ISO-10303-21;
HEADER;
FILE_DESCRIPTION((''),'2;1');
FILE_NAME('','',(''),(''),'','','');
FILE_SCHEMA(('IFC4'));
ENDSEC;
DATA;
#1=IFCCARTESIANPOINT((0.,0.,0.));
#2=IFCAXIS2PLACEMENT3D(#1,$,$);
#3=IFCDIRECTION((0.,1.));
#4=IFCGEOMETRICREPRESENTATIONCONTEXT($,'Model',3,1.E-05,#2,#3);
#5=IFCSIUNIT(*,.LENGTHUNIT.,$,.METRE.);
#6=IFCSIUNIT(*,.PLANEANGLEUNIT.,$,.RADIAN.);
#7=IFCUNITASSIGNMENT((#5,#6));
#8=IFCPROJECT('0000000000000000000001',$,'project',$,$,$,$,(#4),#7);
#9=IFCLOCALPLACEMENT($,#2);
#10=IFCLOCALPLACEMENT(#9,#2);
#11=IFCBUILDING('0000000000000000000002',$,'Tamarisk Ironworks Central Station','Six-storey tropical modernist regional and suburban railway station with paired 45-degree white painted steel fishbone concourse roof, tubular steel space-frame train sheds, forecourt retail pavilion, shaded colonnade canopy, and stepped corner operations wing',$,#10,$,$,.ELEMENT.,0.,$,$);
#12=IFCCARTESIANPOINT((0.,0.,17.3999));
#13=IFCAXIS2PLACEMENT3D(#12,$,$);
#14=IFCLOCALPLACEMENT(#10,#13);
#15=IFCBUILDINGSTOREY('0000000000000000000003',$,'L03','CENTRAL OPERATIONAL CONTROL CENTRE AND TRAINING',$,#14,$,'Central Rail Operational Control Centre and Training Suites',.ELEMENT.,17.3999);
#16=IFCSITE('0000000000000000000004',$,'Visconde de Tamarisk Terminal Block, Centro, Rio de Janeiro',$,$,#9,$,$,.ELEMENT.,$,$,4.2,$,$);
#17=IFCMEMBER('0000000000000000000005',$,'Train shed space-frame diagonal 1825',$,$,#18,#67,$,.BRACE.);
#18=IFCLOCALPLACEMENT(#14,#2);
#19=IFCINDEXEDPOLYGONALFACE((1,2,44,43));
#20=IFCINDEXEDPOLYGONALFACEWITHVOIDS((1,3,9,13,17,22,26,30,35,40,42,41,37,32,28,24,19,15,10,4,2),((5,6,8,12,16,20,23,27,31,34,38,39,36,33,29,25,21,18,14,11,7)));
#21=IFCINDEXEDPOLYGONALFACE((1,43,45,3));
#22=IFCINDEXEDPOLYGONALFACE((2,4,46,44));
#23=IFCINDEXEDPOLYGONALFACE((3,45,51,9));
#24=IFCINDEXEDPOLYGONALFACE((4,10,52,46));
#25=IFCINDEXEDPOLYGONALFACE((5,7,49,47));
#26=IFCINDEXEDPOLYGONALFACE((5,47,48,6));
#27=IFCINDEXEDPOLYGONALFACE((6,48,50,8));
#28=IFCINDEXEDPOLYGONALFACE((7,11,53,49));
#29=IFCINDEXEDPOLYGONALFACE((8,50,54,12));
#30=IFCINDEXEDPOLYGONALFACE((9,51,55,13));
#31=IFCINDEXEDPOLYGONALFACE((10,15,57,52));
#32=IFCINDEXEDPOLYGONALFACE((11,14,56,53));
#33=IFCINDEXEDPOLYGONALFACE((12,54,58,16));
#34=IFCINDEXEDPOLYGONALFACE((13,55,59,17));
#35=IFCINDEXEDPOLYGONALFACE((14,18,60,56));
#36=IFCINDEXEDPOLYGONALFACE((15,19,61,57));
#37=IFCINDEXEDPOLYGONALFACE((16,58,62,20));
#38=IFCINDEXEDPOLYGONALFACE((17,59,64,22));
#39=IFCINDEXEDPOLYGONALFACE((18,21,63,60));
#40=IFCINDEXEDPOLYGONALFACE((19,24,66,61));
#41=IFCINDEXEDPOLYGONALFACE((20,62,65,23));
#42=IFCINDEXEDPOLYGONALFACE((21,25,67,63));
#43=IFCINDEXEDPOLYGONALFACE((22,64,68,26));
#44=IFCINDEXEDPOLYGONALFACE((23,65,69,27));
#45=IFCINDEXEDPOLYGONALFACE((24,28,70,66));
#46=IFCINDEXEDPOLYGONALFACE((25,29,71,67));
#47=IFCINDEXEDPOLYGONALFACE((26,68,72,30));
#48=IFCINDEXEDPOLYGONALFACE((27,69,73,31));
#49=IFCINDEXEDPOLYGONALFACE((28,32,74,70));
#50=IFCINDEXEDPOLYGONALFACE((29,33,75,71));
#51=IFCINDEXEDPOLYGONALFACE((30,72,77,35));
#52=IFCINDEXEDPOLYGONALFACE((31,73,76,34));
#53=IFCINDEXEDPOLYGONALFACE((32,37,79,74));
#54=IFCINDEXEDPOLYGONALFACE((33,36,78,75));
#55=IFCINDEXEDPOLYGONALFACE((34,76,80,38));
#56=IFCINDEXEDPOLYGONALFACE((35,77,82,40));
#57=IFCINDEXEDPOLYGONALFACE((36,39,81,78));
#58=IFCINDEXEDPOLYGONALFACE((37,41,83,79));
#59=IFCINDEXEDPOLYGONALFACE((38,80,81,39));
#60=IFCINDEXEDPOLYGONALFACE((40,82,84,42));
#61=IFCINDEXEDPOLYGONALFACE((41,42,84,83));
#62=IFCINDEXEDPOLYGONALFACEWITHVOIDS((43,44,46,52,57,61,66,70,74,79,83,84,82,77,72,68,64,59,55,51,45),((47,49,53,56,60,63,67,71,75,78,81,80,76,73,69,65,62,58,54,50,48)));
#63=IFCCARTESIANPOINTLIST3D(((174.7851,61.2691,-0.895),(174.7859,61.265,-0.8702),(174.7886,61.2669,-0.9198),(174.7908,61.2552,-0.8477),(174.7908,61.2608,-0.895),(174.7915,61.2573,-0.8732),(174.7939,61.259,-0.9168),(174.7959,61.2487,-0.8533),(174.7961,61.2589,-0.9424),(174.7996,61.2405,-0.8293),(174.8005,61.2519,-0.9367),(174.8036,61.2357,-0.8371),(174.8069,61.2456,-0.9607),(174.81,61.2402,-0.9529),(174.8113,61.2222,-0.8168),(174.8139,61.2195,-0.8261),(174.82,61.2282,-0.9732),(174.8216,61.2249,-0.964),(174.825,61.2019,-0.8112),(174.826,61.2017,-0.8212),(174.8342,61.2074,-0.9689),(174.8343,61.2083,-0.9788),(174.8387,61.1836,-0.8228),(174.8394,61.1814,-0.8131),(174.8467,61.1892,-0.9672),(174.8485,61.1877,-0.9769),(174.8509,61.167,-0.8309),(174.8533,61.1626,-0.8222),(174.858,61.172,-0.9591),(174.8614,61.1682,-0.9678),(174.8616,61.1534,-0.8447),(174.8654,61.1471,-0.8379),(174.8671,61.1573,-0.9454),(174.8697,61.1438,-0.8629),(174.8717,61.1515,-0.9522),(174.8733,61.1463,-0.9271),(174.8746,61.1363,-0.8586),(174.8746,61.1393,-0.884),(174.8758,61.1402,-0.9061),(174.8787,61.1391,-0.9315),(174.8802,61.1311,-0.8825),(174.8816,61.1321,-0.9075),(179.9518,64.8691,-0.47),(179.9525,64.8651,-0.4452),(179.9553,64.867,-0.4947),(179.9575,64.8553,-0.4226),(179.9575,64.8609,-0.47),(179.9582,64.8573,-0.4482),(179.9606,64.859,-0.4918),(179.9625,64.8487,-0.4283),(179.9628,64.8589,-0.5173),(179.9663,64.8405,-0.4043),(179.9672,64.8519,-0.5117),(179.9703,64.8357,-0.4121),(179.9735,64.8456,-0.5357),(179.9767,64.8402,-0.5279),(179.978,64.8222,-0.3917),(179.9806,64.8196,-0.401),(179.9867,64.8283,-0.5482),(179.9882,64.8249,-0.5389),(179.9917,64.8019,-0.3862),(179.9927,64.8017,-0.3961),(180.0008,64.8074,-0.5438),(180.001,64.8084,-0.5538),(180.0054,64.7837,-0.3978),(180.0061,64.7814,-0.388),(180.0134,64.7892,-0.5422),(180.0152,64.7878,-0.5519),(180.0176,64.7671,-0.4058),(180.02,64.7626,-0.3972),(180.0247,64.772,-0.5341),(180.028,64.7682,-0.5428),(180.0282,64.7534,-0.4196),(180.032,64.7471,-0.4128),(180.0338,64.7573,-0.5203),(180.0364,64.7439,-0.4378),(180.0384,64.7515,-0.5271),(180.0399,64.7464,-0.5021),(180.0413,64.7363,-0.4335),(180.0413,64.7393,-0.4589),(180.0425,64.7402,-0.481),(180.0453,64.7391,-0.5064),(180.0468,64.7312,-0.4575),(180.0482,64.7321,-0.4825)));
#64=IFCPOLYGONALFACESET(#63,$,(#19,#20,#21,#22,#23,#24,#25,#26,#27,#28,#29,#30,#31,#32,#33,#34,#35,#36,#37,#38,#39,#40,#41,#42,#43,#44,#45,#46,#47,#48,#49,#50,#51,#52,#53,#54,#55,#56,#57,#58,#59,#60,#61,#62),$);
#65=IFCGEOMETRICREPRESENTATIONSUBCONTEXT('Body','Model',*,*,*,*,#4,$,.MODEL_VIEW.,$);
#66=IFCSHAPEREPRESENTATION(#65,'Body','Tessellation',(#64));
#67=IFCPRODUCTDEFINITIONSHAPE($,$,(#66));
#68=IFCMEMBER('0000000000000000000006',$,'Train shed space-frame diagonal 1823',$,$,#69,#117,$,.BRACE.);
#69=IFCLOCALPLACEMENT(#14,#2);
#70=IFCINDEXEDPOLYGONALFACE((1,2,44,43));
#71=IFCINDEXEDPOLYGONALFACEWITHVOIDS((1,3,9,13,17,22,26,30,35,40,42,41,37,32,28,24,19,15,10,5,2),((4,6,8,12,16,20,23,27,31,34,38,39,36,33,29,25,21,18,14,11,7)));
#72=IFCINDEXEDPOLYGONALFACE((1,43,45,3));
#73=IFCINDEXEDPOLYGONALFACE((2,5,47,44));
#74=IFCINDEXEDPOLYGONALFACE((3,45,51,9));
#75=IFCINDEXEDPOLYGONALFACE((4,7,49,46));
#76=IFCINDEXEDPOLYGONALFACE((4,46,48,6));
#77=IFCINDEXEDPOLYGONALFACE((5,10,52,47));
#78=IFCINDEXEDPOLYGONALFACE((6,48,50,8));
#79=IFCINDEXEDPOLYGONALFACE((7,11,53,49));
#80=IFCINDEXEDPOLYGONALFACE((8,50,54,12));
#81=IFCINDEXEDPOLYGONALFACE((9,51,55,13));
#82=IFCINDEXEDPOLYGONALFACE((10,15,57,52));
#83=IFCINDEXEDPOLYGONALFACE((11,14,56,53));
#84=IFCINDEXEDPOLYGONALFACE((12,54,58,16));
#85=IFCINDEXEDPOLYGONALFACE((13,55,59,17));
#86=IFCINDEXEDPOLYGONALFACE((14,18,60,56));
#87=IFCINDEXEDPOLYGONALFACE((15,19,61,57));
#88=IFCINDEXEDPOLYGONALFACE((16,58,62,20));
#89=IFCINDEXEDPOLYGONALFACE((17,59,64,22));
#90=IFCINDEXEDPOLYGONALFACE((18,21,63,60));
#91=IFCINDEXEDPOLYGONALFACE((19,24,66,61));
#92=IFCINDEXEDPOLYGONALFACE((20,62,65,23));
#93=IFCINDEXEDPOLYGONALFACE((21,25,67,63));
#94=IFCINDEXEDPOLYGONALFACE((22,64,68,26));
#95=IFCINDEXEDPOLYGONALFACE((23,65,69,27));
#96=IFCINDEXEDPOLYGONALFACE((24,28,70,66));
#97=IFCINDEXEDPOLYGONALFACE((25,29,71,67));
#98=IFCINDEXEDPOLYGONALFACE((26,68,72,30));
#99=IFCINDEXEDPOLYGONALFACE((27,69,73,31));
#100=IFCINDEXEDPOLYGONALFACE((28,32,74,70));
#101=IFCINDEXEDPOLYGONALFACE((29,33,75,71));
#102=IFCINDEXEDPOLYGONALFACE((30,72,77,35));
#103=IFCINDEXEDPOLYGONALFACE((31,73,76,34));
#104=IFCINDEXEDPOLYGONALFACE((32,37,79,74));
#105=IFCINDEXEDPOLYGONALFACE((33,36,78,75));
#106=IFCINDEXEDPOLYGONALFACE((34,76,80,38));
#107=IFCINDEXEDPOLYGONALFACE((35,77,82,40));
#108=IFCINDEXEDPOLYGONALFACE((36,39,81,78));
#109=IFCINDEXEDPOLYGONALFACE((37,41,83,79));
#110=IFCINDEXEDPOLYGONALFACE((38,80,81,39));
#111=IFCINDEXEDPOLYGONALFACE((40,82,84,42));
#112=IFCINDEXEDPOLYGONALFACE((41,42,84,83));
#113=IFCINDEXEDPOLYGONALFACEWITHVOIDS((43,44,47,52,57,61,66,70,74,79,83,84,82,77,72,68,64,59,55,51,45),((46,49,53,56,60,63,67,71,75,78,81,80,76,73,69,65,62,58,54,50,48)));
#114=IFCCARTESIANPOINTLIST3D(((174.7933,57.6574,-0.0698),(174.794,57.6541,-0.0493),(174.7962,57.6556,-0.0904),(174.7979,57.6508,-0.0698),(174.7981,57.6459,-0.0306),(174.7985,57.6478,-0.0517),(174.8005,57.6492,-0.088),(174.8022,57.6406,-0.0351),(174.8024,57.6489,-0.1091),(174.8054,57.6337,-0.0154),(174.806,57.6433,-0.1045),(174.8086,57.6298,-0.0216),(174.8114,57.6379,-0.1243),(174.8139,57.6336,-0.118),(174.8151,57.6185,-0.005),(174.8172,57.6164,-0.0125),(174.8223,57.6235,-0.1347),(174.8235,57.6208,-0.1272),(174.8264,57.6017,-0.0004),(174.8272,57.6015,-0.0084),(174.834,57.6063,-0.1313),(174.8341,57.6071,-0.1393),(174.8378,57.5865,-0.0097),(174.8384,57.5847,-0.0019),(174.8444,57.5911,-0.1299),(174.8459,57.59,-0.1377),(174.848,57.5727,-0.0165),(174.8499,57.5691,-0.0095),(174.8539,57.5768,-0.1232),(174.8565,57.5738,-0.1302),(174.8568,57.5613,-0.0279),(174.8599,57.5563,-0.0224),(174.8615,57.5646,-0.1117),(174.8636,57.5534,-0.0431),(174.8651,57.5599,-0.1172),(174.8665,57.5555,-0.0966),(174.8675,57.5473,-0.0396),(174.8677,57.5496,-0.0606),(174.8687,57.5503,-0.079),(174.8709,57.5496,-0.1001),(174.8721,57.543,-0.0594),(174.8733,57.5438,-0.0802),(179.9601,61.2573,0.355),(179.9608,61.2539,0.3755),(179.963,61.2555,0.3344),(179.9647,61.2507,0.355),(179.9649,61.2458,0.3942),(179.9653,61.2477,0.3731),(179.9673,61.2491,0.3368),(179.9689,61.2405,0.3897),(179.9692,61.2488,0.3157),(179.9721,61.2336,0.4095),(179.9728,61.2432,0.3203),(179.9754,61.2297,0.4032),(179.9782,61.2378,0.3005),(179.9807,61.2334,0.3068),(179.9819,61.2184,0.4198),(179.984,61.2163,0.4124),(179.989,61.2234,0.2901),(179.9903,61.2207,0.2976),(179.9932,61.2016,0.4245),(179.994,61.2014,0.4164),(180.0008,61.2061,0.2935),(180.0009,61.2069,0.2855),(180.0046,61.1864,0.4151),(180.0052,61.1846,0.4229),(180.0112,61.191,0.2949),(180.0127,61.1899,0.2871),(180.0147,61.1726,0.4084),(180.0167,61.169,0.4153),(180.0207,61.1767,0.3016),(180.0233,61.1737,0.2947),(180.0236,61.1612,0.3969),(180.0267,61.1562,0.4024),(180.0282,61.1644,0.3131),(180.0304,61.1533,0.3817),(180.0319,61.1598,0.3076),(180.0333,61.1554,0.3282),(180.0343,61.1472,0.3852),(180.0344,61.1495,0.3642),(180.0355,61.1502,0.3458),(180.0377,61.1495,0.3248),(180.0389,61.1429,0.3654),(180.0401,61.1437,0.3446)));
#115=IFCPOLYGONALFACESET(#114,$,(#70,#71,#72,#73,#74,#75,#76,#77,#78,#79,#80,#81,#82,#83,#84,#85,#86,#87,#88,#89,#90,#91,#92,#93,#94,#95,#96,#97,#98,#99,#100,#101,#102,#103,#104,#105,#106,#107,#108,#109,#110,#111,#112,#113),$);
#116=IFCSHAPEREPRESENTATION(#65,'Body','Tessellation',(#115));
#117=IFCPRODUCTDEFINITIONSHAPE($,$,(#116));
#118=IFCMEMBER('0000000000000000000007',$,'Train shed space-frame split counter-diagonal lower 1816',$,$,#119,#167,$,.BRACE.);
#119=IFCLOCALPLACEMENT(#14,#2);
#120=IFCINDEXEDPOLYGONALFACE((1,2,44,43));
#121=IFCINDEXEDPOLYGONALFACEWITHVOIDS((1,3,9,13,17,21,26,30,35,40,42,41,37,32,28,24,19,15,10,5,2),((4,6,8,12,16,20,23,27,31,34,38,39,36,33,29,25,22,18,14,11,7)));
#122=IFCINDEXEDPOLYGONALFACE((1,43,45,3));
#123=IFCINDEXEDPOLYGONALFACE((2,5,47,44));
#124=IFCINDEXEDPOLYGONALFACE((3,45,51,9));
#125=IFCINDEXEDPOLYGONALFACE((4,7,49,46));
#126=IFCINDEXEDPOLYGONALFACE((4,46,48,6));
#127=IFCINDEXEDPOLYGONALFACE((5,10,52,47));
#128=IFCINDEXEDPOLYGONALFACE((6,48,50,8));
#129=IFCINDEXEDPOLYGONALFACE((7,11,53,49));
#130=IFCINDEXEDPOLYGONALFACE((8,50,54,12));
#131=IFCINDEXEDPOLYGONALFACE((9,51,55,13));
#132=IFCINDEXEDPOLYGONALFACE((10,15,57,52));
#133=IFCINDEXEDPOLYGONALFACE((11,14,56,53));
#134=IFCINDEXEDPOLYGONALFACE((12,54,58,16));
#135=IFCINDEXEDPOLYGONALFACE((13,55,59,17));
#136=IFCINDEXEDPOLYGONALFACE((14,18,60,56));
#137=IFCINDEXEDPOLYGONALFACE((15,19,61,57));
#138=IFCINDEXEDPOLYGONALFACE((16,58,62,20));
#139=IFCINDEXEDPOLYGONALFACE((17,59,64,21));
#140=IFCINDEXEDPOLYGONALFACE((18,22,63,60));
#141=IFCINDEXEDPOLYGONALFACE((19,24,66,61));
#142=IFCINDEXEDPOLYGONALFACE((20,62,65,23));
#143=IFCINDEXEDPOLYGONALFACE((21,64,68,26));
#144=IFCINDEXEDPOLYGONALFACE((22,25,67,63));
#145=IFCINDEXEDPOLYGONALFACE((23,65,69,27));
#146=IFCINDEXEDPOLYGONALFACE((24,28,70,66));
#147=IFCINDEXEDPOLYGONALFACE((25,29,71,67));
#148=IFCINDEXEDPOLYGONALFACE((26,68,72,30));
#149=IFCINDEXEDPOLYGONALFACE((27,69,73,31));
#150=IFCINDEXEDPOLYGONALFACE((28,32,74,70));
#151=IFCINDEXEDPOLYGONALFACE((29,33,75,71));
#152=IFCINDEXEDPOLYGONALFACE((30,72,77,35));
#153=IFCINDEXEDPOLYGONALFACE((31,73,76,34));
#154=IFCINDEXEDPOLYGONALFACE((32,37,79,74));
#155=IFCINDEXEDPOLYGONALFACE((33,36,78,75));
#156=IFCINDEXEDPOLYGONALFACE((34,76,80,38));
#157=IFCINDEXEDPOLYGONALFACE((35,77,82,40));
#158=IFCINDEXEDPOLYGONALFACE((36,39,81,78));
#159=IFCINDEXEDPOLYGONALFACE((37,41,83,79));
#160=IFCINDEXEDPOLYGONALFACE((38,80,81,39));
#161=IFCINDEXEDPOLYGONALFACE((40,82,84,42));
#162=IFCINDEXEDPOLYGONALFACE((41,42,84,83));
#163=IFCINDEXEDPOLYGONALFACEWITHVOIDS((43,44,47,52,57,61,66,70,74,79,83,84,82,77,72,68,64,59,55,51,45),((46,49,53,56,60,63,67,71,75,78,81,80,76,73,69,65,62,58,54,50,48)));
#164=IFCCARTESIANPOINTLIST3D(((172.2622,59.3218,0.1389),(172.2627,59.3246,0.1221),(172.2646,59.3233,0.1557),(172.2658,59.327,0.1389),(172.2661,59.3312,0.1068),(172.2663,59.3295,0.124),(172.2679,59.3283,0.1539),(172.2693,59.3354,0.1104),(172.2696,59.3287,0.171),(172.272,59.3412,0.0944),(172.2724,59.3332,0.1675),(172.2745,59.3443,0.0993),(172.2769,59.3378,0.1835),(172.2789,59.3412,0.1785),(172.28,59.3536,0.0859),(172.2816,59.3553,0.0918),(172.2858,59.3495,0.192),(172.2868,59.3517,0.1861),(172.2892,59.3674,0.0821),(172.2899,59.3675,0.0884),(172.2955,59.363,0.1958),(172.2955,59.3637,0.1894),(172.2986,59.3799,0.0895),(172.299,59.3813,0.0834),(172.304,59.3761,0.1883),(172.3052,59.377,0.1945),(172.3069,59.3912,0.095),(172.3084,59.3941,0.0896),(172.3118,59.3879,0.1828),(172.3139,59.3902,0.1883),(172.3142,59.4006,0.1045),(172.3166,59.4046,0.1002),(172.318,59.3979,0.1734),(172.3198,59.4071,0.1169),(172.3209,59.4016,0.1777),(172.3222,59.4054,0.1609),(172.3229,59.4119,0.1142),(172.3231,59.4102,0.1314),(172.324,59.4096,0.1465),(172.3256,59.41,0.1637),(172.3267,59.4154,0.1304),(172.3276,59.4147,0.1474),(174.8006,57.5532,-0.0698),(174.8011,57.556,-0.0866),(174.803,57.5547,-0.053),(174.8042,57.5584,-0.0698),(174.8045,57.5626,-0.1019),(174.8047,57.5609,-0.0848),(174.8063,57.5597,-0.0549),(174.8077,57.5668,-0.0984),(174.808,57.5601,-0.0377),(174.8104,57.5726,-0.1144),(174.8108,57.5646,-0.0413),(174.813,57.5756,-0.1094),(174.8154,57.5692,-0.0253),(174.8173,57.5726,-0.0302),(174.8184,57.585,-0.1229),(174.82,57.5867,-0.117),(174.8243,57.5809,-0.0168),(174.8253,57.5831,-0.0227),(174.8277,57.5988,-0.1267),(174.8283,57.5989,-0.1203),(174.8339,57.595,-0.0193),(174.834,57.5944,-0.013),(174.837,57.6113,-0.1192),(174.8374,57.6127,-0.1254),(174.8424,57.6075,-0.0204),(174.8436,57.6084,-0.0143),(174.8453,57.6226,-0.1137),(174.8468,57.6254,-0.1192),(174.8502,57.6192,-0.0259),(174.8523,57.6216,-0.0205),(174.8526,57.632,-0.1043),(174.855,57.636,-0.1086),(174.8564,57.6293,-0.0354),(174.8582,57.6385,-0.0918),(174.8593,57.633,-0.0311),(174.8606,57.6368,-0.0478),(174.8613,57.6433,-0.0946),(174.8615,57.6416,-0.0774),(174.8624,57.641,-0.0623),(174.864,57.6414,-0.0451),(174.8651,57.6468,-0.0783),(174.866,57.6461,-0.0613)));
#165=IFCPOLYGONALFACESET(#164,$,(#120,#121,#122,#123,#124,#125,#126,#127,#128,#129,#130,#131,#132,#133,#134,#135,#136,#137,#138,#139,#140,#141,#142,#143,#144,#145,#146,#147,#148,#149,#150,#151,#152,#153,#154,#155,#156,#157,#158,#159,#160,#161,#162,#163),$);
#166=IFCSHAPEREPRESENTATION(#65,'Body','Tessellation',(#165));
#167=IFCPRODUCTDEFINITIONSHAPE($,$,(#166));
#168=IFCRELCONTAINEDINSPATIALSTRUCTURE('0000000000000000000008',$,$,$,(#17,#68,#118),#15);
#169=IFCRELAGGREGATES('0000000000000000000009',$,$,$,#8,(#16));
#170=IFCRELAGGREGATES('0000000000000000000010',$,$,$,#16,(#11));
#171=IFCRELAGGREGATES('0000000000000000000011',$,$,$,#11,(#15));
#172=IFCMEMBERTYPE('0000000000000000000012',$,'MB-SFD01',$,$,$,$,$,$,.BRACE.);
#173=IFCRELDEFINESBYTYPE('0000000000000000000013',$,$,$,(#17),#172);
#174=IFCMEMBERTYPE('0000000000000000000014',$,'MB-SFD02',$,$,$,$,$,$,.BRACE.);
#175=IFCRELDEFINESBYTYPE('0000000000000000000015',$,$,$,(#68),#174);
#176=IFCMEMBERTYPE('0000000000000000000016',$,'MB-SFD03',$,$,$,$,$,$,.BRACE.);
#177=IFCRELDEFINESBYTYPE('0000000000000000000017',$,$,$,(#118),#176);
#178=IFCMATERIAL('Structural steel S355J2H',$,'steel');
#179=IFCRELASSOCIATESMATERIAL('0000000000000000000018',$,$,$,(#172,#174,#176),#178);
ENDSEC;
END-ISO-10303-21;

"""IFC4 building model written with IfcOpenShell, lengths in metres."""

from ifc_helpers import new_model, si_unit, direction, frame, origin, origin_2d, place, context, subcontext, project, spatial, hollow_circle, extrude, material, material_profile, profile_set, type_object, element, save


model = new_model("IFC4")

# Units and contexts
model_context = context("Model", 3, precision=1e-05, world=origin(), true_north=direction((0.0, 1.0)))
body_context = subcontext(model_context, "Body", "Model", "MODEL_VIEW")
ifc_project = project(units=[si_unit("LENGTHUNIT", "METRE"), si_unit("PLANEANGLEUNIT", "RADIAN")], contexts=[model_context])

# Site, building, storey
site_placement = place(None, origin())
site = spatial("IfcSite", under=ifc_project, at=site_placement, Name="Visconde de Tamarisk Terminal Block, Centro, Rio de Janeiro", CompositionType="ELEMENT", RefElevation=4.2)
building_placement = place(site_placement, origin())
building = spatial("IfcBuilding", under=site, at=building_placement, Name="Tamarisk Ironworks Central Station", Description="Six-storey tropical modernist regional and suburban railway station with paired 45-degree white painted steel fishbone concourse roof, tubular steel space-frame train sheds, forecourt retail pavilion, shaded colonnade canopy, and stepped corner operations wing", CompositionType="ELEMENT", ElevationOfRefHeight=0.0)
storey_placement = place(building_placement, frame((0.0, 0.0, 17.3999)))
storey = spatial("IfcBuildingStorey", under=building, at=storey_placement, Name="L03", Description="CENTRAL OPERATIONAL CONTROL CENTRE AND TRAINING", LongName="Central Rail Operational Control Centre and Training Suites", CompositionType="ELEMENT", Elevation=17.3999)

# Members
ifc_material = material(Name="Structural steel S355J2H", Category="steel")
ifc_material_profile_1 = material_profile(ifc_material, hollow_circle(Radius=0.0842, WallThickness=0.01, at=origin_2d()), Name="CHS 168.3x10")
ifc_profile_set_1 = profile_set([ifc_material_profile_1], Name="Structural steel S355J2H")
member_type_1 = type_object("IfcMemberType", Name="MB-SFD01", PredefinedType="BRACE", material=ifc_profile_set_1)
member_1_placement = place(storey_placement, frame((174.8333, 61.2, -0.895), z_axis=(0.818608, 0.570391, 0.067344), x_axis=(-0.571689, 0.82047, 0.0)))
element("IfcMember", 1, at=member_1_placement, inside=storey, type_object=member_type_1, Name="Train shed space-frame diagonal 1825", PredefinedType="BRACE", context=body_context, shape_type="SweptSolid", body=[
    extrude(hollow_circle(Radius=0.0842, WallThickness=0.01, at=origin_2d()), origin(), (0.0, 0.0, 1.0), 6.3115),
])
ifc_material_profile_2 = material_profile(ifc_material, hollow_circle(Radius=0.0698, WallThickness=0.0081, at=origin_2d()), Name="CHS 139.7x8")
ifc_profile_set_2 = profile_set([ifc_material_profile_2], Name="Structural steel S355J2H")
member_type_2 = type_object("IfcMemberType", Name="MB-SFD02", PredefinedType="BRACE", material=ifc_profile_set_2)
member_2_placement = place(storey_placement, frame((174.8333, 57.6001, -0.0698), z_axis=(0.818628, 0.570367, 0.067307), x_axis=(-0.571663, 0.820489, 0.0)))
element("IfcMember", 2, at=member_2_placement, inside=storey, type_object=member_type_2, Name="Train shed space-frame diagonal 1823", PredefinedType="BRACE", context=body_context, shape_type="SweptSolid", body=[
    extrude(hollow_circle(Radius=0.0698, WallThickness=0.0081, at=origin_2d()), origin(), (0.0, 0.0, 1.0), 6.3115),
])
ifc_material_profile_3 = material_profile(ifc_material, hollow_circle(Radius=0.0571, WallThickness=0.0063, at=origin_2d()), Name="CHS 114.3x6.3")
ifc_profile_set_3 = profile_set([ifc_material_profile_3], Name="Structural steel S355J2H")
member_type_3 = type_object("IfcMemberType", Name="MB-SFD03", PredefinedType="BRACE", material=ifc_profile_set_3)
for number, where, z_axis, x_axis, name in (
    (3, (174.8333, 57.6001, -0.0698), (-0.818625, 0.570369, 0.06732), (-0.571666, -0.820487, 0.0), "Train shed space-frame split counter-diagonal lower 1816"),
):
    element("IfcMember", number, at=place(storey_placement, frame(where, z_axis=z_axis, x_axis=x_axis)), inside=storey, type_object=member_type_3, Name=name, PredefinedType="BRACE", context=body_context, shape_type="SweptSolid", body=[
        extrude(hollow_circle(Radius=0.0571, WallThickness=0.0063, at=origin_2d()), origin(), (0.0, 0.0, 1.0), 3.1008),
    ])

save(model, "model.ifc")
